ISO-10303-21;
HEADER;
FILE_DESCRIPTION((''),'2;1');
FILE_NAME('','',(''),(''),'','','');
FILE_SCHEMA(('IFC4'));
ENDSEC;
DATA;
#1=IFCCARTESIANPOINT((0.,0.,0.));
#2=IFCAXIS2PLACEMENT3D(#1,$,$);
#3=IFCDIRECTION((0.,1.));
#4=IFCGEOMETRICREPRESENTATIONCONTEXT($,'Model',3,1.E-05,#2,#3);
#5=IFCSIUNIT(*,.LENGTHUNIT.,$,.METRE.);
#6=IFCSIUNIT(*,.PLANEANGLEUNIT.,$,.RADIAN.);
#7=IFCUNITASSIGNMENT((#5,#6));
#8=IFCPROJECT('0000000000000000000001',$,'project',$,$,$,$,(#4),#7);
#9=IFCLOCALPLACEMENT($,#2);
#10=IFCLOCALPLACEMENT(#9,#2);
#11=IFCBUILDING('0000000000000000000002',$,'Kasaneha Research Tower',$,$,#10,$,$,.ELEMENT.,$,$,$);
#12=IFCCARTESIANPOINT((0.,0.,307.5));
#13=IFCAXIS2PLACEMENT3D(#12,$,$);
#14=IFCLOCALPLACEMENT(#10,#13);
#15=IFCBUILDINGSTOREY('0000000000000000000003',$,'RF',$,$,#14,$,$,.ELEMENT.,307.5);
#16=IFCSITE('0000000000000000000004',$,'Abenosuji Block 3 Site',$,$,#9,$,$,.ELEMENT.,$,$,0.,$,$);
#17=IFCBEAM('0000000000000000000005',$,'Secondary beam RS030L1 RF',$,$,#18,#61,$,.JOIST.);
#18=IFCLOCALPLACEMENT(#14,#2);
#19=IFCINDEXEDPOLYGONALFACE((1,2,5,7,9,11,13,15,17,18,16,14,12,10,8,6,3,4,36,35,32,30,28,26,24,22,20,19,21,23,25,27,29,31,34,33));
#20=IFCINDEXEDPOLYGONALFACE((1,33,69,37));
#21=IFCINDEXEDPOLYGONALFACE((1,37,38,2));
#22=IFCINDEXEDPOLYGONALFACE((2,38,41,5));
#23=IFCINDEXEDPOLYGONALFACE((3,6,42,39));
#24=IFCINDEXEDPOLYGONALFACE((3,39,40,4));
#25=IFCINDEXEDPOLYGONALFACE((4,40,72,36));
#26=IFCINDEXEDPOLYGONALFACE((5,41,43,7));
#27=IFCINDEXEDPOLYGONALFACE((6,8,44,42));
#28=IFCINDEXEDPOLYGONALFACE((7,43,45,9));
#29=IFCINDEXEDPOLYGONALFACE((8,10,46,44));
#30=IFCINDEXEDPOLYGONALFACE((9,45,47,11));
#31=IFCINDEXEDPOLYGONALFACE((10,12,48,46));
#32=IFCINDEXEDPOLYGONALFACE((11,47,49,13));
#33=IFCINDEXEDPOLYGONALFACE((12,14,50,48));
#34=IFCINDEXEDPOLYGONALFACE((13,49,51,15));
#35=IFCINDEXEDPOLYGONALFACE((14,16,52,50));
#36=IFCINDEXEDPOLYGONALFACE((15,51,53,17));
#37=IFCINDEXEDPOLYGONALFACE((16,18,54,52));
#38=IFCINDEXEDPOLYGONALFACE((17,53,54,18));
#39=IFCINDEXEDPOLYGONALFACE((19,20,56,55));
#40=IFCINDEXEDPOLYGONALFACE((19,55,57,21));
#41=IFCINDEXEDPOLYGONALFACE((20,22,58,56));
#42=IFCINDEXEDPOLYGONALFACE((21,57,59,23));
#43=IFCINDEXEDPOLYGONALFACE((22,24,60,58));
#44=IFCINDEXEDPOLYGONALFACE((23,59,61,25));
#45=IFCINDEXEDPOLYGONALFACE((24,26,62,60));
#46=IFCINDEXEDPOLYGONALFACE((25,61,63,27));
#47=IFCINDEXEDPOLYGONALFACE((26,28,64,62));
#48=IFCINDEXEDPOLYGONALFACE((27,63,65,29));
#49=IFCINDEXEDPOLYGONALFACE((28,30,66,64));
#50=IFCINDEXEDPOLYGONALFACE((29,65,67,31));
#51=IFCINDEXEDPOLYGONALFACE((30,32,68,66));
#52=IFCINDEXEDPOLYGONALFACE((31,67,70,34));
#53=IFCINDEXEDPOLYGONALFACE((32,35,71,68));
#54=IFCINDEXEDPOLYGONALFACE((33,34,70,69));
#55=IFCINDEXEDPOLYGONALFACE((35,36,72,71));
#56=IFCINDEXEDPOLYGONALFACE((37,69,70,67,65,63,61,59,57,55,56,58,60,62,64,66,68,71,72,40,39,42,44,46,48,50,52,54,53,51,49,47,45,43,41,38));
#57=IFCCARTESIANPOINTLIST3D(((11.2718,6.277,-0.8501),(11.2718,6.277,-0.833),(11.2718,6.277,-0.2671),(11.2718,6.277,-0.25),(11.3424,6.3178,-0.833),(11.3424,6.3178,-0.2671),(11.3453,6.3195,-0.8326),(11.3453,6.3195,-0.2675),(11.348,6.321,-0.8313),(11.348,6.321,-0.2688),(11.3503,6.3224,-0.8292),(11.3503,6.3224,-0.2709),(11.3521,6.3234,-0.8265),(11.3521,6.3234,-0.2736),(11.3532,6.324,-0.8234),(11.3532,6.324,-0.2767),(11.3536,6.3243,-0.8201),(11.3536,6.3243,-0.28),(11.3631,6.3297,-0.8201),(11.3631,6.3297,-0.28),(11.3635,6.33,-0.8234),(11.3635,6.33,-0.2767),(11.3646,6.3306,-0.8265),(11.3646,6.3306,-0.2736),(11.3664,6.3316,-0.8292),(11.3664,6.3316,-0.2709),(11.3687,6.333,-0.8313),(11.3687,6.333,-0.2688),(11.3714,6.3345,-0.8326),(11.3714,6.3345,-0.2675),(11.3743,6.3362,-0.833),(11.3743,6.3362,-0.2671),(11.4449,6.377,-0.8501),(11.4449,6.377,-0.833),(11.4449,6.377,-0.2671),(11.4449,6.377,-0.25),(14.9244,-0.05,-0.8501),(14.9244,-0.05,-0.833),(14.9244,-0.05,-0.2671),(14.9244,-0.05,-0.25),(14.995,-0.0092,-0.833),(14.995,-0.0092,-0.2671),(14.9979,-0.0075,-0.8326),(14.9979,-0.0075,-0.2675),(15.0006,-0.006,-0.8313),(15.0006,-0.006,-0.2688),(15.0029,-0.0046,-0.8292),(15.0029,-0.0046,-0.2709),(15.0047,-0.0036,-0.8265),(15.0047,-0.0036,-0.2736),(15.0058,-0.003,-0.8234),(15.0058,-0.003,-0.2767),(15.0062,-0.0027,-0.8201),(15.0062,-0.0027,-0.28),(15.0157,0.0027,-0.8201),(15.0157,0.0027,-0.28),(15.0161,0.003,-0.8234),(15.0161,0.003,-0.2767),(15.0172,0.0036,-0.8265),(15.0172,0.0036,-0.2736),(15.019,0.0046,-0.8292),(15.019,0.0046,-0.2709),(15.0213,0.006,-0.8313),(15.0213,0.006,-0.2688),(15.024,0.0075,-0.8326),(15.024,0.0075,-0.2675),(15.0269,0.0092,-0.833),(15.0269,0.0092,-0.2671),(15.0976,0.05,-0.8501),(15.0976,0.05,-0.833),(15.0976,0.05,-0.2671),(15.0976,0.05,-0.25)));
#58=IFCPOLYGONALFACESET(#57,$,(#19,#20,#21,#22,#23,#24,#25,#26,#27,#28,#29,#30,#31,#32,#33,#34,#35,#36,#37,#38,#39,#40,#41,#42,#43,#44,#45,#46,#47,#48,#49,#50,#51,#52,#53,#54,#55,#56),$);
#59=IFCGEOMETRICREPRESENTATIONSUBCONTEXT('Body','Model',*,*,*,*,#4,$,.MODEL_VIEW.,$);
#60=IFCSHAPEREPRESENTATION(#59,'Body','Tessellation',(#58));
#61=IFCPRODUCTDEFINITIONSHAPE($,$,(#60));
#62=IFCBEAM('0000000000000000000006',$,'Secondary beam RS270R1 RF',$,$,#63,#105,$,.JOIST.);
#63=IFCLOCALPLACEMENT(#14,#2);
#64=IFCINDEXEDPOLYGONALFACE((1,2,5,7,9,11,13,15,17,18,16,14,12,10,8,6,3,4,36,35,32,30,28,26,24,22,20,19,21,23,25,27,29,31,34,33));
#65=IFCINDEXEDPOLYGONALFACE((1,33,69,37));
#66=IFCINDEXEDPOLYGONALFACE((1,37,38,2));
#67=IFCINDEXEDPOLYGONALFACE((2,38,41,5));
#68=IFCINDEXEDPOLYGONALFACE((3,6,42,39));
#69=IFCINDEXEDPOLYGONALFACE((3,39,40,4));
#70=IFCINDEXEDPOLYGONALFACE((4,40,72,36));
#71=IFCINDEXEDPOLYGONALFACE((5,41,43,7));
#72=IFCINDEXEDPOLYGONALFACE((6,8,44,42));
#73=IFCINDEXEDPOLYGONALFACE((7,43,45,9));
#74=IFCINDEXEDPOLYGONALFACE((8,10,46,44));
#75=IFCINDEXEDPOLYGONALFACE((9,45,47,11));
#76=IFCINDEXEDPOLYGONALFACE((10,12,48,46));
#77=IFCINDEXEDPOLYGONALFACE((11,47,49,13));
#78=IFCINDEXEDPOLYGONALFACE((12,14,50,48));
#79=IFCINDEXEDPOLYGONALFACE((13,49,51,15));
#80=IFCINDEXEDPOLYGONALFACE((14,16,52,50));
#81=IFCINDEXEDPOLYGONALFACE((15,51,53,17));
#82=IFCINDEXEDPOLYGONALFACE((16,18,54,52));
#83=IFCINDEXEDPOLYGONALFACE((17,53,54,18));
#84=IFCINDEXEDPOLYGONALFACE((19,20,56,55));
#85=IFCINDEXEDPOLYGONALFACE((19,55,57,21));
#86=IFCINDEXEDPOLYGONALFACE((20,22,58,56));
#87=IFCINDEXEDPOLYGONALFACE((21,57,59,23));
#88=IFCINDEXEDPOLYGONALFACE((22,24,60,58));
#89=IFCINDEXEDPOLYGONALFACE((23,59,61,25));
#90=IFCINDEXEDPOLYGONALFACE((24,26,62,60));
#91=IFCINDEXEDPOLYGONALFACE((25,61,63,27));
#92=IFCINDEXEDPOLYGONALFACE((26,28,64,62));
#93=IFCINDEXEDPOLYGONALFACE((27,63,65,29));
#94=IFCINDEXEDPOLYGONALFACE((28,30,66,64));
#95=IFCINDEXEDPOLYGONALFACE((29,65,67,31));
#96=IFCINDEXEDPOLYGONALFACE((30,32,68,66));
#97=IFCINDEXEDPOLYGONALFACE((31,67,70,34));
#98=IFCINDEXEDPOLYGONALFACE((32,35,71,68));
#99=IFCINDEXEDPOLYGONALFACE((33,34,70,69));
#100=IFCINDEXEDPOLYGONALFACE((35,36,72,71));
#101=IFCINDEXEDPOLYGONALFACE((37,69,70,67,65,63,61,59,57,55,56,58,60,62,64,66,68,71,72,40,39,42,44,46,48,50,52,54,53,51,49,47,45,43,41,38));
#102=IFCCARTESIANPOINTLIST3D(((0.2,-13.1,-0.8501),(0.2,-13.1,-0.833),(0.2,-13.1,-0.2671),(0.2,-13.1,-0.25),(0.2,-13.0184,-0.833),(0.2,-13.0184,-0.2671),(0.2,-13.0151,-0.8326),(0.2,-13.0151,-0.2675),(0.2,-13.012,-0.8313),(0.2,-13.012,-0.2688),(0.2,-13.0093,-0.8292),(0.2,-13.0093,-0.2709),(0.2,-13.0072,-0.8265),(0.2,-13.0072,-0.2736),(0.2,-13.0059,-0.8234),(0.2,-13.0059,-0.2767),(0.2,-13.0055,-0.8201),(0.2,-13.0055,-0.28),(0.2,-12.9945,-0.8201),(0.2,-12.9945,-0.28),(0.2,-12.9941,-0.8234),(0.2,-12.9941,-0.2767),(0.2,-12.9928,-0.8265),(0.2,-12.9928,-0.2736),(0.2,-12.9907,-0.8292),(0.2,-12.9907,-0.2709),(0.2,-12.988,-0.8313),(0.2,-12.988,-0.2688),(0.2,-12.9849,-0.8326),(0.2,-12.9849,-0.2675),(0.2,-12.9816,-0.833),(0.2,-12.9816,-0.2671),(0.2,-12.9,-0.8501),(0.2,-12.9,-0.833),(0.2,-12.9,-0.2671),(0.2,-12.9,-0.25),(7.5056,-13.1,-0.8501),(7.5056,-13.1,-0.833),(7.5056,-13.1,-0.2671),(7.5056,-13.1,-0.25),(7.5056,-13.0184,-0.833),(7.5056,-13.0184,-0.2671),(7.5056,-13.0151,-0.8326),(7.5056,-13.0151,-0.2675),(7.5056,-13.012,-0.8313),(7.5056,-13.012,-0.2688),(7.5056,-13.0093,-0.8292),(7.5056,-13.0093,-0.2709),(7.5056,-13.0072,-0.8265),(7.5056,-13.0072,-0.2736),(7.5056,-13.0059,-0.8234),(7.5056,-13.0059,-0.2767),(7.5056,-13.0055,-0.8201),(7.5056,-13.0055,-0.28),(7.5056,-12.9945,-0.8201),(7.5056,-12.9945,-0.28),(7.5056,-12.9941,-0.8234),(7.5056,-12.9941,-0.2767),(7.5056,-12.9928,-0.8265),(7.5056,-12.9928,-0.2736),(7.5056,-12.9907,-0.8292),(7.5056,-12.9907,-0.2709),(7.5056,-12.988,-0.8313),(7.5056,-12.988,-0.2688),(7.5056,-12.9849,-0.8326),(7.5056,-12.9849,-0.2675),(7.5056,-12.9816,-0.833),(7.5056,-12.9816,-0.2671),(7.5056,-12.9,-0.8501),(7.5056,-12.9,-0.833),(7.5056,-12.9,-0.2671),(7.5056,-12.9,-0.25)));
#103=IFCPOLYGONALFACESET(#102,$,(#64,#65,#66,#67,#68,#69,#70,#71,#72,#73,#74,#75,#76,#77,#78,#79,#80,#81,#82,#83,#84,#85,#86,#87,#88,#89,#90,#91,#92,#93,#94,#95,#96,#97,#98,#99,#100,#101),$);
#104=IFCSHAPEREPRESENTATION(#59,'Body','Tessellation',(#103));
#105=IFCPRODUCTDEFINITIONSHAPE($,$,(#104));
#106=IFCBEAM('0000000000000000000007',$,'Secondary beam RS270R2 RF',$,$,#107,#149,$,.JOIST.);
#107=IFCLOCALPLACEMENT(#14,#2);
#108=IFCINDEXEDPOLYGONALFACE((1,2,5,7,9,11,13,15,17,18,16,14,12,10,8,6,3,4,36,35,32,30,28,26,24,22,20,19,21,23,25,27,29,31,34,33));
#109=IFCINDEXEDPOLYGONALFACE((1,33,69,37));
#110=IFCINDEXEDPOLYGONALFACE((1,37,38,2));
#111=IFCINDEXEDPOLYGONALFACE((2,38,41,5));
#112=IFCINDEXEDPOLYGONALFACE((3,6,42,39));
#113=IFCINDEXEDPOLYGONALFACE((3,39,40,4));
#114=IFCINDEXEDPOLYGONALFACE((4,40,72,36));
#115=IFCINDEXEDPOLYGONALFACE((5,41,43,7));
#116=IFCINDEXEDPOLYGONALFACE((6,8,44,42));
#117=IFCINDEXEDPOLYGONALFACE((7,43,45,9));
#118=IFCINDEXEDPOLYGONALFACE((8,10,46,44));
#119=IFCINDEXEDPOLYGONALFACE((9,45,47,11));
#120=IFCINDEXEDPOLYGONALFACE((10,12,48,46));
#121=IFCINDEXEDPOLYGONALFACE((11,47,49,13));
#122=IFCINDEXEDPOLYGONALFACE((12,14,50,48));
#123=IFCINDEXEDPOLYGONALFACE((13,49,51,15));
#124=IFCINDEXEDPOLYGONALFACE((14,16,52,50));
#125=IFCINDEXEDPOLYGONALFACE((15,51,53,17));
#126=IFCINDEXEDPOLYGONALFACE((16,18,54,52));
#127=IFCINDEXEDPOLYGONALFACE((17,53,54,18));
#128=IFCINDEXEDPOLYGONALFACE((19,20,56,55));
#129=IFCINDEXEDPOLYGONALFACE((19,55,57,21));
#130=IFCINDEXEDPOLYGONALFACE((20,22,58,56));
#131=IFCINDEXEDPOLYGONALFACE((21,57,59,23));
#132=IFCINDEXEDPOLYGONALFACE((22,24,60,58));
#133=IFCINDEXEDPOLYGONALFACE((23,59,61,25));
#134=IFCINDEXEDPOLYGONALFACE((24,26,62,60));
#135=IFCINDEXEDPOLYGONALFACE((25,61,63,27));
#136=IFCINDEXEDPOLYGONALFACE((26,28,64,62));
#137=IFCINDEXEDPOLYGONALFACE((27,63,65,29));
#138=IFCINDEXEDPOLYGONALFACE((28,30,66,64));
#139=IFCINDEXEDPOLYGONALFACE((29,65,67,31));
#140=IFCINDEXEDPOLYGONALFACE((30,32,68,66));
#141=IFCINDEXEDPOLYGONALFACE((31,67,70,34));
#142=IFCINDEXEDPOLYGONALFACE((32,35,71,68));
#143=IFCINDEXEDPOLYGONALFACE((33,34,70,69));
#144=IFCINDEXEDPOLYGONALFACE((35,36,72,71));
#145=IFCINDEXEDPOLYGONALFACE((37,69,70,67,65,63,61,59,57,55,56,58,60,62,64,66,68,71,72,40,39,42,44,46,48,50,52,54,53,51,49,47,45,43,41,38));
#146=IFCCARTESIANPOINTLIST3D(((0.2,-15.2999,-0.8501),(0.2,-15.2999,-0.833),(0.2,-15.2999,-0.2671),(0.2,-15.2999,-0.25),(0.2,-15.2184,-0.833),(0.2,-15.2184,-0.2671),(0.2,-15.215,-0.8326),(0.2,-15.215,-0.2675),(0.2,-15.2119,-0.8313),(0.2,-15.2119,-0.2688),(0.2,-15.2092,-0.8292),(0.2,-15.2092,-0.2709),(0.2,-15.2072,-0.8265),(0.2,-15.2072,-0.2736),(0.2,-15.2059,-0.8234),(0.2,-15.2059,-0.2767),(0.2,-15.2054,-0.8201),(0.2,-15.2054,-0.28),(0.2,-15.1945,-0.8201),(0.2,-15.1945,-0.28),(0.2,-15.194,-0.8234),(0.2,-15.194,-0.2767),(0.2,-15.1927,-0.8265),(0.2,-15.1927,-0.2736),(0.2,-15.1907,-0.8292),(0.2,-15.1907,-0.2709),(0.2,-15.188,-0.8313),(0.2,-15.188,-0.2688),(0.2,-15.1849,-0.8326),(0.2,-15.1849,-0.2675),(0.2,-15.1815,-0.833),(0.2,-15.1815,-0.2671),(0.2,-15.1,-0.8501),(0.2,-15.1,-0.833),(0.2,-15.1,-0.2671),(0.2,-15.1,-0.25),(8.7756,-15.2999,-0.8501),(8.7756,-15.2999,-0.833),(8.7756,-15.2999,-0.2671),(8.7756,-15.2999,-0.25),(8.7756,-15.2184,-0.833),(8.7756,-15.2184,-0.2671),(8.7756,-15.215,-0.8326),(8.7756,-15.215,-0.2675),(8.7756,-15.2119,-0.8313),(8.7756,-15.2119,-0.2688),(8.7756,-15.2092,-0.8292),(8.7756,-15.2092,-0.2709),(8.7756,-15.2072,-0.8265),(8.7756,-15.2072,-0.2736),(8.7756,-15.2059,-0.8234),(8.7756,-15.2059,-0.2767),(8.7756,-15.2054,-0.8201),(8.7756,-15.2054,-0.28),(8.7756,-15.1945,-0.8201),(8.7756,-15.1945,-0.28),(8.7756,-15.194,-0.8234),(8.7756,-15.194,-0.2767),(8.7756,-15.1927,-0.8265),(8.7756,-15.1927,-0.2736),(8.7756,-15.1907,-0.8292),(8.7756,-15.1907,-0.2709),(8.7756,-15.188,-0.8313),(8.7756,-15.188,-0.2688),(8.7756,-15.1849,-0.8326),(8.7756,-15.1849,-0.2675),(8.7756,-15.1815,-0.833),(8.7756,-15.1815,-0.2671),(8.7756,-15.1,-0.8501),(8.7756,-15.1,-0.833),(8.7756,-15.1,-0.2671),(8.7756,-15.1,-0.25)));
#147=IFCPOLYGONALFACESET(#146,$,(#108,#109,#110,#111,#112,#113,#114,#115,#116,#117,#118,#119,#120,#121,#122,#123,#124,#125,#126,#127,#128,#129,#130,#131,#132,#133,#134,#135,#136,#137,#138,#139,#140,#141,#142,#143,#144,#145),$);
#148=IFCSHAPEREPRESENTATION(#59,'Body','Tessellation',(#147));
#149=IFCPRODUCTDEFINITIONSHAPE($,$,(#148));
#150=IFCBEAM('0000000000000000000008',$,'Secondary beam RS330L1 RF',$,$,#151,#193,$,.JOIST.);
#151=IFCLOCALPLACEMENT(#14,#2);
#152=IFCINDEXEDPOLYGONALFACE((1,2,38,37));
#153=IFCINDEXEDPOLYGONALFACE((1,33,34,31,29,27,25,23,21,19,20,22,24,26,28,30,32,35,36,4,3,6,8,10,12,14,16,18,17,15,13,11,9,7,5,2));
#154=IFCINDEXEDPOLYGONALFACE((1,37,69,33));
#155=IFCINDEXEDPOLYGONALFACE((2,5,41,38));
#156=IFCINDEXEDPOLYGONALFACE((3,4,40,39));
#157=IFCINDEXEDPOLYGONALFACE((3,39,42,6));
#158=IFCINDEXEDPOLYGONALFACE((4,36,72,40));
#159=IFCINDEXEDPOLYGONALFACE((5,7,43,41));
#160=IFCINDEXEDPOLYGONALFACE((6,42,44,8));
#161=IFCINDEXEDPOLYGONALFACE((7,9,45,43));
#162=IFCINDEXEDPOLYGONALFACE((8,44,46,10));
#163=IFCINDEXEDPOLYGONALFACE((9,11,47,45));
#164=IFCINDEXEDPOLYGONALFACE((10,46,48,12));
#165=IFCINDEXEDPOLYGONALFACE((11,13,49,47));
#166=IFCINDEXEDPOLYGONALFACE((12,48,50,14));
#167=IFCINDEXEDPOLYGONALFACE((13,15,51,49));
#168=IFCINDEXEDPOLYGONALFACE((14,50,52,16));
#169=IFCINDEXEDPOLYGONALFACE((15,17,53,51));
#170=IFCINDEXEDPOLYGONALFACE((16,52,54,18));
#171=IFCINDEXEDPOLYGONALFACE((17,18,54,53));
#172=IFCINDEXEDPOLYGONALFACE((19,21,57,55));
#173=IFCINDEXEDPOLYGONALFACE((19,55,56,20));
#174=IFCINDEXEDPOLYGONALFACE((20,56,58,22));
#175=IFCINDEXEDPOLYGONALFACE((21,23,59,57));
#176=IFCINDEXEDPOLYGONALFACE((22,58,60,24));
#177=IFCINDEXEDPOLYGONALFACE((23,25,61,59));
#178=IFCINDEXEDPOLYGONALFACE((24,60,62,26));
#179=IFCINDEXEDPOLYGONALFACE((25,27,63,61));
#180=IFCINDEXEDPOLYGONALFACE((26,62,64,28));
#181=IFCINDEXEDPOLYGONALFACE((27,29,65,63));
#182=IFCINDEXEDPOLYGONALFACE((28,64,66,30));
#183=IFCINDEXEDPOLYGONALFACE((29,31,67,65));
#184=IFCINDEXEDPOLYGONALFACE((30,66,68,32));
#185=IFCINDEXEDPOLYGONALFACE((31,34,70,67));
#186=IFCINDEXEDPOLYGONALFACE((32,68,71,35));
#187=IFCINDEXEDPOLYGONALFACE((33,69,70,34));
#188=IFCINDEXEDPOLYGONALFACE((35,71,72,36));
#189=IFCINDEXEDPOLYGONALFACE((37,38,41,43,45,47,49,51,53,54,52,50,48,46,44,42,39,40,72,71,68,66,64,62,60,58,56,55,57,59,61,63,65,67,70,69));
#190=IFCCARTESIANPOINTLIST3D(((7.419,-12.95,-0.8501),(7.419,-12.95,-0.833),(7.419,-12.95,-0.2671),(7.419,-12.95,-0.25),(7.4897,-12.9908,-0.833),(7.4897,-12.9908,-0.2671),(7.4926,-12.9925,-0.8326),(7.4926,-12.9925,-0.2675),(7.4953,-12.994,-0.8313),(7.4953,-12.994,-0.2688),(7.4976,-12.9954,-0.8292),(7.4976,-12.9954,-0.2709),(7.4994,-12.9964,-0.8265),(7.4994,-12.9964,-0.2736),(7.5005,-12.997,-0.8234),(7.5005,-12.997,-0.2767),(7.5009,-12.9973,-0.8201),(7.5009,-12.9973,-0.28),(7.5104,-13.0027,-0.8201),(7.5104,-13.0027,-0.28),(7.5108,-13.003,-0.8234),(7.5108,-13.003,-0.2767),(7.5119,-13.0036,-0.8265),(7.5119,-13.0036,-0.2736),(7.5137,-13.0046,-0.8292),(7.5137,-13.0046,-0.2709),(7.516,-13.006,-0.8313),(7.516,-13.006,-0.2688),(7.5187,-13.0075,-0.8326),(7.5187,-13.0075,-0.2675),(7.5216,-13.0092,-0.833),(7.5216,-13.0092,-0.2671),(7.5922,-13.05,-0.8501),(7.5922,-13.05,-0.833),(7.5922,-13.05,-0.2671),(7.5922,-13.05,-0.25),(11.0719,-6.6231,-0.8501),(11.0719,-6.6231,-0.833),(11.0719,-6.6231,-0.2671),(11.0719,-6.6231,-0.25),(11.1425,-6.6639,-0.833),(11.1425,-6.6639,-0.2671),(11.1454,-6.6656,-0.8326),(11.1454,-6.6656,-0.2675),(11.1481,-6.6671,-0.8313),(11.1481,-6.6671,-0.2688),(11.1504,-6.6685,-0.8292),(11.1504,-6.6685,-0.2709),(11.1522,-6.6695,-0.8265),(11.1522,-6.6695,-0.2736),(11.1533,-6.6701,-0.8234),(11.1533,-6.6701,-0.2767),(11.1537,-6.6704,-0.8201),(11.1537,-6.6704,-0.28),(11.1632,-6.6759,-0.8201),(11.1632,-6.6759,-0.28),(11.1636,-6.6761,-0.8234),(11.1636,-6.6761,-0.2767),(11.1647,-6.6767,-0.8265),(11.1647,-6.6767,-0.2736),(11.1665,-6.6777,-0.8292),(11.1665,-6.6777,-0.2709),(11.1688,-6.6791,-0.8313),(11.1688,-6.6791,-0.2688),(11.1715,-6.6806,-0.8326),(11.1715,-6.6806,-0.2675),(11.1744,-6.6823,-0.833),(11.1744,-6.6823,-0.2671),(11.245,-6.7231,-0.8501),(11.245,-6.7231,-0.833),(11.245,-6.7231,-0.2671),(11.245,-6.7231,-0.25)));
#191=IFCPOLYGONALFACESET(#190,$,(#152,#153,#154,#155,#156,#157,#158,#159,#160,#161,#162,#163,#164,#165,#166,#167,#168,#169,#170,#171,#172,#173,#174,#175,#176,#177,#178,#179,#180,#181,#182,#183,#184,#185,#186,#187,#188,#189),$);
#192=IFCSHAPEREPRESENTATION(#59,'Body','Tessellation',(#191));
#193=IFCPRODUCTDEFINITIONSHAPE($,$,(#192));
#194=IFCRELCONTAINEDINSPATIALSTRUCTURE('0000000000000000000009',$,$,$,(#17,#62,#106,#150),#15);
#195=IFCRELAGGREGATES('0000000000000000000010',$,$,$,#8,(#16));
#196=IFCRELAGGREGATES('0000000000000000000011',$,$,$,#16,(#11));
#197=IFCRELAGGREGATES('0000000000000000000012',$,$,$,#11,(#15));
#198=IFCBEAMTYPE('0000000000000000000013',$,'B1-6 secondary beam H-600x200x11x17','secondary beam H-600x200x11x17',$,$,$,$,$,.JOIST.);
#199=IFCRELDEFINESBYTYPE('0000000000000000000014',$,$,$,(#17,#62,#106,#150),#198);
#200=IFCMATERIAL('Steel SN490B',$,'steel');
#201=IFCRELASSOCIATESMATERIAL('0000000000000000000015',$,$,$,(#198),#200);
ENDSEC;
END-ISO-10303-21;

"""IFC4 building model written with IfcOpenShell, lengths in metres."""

from ifc_helpers import new_model, si_unit, direction, frame, origin, origin_2d, place, context, subcontext, project, spatial, i_section, extrude, material, material_profile, profile_set, type_object, element, save


model = new_model("IFC4")

# Units and contexts
model_context = context("Model", 3, precision=1e-05, world=origin(), true_north=direction((0.0, 1.0)))
body_context = subcontext(model_context, "Body", "Model", "MODEL_VIEW")
ifc_project = project(units=[si_unit("LENGTHUNIT", "METRE"), si_unit("PLANEANGLEUNIT", "RADIAN")], contexts=[model_context])

# Site, building, storey
site_placement = place(None, origin())
site = spatial("IfcSite", under=ifc_project, at=site_placement, Name="Abenosuji Block 3 Site", CompositionType="ELEMENT", RefElevation=0.0)
building_placement = place(site_placement, origin())
building = spatial("IfcBuilding", under=site, at=building_placement, Name="Kasaneha Research Tower", CompositionType="ELEMENT")
storey_placement = place(building_placement, frame((0.0, 0.0, 307.5)))
storey = spatial("IfcBuildingStorey", under=building, at=storey_placement, Name="RF", CompositionType="ELEMENT", Elevation=307.5)

# Beams
ifc_material_1 = material(Name="Steel SN490B", Category="steel")
ifc_material_profile_1 = material_profile(ifc_material_1, i_section(OverallWidth=0.2, OverallDepth=0.6001, WebThickness=0.011, FlangeThickness=0.0171, FilletRadius=0.0129, at=origin_2d()), Name="H-600x200x11x17")
ifc_profile_set_1 = profile_set([ifc_material_profile_1], Name="Steel SN490B")
beam_type_1 = type_object("IfcBeamType", Name="B1-6 secondary beam H-600x200x11x17", Description="secondary beam H-600x200x11x17", PredefinedType="JOIST", material=ifc_profile_set_1)
for number, where, z_axis, x_axis, name in (
    (1, (15.011, 0.0, -0.55), (-0.499974, 0.86604, 0.0), (-0.86604, -0.499974, 0.0), "Secondary beam RS030L1 RF"),
    (2, (7.5056, -13.0, -0.55), (-1.0, 0.0, 0.0), (0.0, -1.0, 0.0), "Secondary beam RS270R1 RF"),
):
    element("IfcBeam", number, at=place(storey_placement, frame(where, z_axis=z_axis, x_axis=x_axis)), inside=storey, type_object=beam_type_1, Name=name, PredefinedType="JOIST", context=body_context, shape_type="SweptSolid", body=[
        extrude(i_section(OverallWidth=0.2, OverallDepth=0.6001, WebThickness=0.011, FlangeThickness=0.0171, FilletRadius=0.0129, at=origin_2d()), origin(), (0.0, 0.0, 1.0), 7.3057),
    ])
beam_1_placement = place(storey_placement, frame((8.7756, -15.2, -0.55), z_axis=(-1.0, 0.0, 0.0), x_axis=(0.0, -1.0, 0.0)))
element("IfcBeam", 3, at=beam_1_placement, inside=storey, type_object=beam_type_1, Name="Secondary beam RS270R2 RF", PredefinedType="JOIST", context=body_context, shape_type="SweptSolid", body=[
    extrude(i_section(OverallWidth=0.2, OverallDepth=0.6001, WebThickness=0.011, FlangeThickness=0.0171, FilletRadius=0.0129, at=origin_2d()), origin(), (0.0, 0.0, 1.0), 8.5757),
])
beam_2_placement = place(storey_placement, frame((7.5056, -13.0, -0.55), z_axis=(0.499999, 0.866026, 0.0), x_axis=(-0.866026, 0.499999, 0.0)))
element("IfcBeam", 4, at=beam_2_placement, inside=storey, type_object=beam_type_1, Name="Secondary beam RS330L1 RF", PredefinedType="JOIST", context=body_context, shape_type="SweptSolid", body=[
    extrude(i_section(OverallWidth=0.2, OverallDepth=0.6001, WebThickness=0.011, FlangeThickness=0.0171, FilletRadius=0.0129, at=origin_2d()), origin(), (0.0, 0.0, 1.0), 7.3057),
])

save(model, "model.ifc")
